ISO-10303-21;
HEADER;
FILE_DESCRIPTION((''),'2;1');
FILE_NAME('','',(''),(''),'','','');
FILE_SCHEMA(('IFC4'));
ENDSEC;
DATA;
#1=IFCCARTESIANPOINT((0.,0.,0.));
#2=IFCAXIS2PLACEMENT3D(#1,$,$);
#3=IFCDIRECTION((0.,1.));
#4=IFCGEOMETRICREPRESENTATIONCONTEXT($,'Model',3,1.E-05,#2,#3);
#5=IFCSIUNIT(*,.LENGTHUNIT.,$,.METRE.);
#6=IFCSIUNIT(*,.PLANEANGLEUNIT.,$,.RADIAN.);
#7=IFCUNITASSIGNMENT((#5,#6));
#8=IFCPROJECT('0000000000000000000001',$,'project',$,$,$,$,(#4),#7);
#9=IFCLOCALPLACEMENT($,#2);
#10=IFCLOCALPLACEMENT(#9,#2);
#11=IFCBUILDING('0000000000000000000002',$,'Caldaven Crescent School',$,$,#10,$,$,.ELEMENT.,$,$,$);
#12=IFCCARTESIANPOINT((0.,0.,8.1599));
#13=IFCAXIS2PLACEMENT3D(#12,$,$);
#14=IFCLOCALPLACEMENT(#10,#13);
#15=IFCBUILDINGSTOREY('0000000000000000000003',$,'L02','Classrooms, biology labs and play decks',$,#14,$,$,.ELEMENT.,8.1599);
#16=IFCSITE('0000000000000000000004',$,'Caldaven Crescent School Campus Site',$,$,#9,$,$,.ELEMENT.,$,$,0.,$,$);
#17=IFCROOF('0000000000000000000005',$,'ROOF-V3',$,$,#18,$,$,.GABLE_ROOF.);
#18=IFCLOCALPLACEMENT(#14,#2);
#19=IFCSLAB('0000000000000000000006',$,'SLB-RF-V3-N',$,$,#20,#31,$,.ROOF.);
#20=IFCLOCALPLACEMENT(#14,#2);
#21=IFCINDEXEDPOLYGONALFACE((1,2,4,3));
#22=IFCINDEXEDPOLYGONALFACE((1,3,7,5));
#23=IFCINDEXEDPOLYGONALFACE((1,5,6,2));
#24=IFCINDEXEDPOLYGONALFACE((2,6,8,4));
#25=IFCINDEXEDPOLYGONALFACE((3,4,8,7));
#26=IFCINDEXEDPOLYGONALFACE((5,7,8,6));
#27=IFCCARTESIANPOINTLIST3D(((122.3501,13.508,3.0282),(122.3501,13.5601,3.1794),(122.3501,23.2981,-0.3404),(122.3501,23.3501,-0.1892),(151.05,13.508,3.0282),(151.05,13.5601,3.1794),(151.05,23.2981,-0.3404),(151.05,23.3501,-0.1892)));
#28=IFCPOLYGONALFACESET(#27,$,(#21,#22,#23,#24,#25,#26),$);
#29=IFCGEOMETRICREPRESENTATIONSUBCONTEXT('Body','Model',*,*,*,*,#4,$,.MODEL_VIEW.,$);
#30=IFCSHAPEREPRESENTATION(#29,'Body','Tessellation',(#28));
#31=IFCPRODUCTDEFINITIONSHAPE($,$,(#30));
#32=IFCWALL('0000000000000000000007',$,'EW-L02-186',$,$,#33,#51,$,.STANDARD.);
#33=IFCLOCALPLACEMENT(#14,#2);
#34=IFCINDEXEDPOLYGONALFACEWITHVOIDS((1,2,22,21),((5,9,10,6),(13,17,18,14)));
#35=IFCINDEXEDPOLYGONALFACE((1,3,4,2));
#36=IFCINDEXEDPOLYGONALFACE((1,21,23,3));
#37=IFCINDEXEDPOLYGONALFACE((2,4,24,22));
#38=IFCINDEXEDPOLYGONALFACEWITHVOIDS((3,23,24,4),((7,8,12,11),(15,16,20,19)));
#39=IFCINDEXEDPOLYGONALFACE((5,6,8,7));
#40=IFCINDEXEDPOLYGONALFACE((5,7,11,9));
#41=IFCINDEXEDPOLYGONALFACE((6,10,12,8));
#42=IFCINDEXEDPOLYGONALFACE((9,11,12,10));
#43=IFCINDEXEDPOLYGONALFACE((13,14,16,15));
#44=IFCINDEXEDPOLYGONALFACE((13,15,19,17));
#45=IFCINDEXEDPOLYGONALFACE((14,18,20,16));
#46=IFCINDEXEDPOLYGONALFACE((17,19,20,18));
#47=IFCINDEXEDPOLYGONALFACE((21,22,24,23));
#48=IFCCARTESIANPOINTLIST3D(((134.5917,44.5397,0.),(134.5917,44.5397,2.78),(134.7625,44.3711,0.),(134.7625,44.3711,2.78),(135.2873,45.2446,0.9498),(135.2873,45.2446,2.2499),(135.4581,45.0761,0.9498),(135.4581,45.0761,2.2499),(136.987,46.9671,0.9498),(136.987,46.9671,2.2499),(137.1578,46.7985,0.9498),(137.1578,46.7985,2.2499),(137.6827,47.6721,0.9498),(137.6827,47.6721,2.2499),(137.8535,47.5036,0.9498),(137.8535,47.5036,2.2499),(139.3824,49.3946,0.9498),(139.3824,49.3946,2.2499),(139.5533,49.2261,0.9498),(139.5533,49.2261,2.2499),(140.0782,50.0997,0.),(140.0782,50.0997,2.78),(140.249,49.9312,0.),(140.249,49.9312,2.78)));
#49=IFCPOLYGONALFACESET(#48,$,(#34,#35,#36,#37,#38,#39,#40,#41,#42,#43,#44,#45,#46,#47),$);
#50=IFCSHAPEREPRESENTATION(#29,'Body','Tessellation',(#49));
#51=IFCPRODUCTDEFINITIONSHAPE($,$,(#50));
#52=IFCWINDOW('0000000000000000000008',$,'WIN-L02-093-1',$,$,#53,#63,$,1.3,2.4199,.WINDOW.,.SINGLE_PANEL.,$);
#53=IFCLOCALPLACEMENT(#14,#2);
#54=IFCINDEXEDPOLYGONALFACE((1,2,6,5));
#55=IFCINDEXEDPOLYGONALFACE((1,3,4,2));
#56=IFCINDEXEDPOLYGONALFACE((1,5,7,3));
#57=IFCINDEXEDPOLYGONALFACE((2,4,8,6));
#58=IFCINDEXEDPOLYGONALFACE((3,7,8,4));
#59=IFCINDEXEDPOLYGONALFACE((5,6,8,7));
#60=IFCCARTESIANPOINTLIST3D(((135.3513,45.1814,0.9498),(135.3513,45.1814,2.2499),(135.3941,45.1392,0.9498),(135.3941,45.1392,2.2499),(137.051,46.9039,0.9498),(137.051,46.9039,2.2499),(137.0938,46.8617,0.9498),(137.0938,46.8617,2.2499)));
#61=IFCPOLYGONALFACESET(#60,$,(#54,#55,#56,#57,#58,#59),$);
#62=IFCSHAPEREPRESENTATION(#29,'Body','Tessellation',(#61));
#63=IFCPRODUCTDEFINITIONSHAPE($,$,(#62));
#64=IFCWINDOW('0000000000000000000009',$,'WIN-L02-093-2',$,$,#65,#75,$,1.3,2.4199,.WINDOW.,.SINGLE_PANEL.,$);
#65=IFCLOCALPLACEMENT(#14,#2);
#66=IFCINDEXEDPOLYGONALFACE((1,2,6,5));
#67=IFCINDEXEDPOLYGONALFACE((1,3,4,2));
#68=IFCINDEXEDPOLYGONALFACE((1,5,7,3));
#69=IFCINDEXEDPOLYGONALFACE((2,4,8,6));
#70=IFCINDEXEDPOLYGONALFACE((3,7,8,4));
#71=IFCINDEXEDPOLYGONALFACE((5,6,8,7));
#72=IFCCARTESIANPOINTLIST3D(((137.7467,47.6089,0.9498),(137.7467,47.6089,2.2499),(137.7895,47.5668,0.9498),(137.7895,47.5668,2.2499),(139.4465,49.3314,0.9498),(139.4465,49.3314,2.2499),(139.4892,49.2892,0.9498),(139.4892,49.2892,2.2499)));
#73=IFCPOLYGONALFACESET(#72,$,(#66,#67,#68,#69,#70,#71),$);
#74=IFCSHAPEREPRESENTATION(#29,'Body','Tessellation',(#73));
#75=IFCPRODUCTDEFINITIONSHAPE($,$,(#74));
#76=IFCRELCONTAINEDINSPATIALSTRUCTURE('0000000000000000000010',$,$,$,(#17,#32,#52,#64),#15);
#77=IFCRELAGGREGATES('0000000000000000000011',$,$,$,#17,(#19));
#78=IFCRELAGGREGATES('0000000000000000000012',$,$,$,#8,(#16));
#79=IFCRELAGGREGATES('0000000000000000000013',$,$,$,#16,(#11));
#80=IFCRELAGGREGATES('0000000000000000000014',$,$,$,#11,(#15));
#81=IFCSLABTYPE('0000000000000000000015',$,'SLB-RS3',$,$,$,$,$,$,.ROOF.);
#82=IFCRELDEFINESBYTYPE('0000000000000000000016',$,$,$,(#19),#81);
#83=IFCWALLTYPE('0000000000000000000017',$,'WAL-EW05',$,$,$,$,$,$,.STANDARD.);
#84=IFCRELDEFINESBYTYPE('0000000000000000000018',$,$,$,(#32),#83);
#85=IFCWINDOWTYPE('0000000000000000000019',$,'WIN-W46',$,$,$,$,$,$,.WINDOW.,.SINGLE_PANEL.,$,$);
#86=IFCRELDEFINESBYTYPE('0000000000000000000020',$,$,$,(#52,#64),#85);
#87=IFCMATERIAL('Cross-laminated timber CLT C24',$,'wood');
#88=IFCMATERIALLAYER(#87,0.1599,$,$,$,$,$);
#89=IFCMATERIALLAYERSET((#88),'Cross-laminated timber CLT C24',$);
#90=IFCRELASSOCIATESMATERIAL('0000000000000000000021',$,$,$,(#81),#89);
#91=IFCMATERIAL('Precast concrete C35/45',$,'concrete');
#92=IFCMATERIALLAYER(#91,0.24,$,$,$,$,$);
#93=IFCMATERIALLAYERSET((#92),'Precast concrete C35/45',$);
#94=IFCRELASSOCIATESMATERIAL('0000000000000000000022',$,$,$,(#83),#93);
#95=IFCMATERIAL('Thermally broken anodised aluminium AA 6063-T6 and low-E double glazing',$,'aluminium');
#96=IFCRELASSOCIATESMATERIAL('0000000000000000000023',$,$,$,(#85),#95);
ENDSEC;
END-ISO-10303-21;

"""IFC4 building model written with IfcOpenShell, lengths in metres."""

from ifc_helpers import new_model, si_unit, direction, frame, frame_2d, origin, place, context, subcontext, project, spatial, polyline, rectangle, outline, extrude, material, layer, layer_set, type_object, element, fill, aggregate, save


model = new_model("IFC4")

# Units and contexts
model_context = context("Model", 3, precision=1e-05, world=origin(), true_north=direction((0.0, 1.0)))
body_context = subcontext(model_context, "Body", "Model", "MODEL_VIEW")
ifc_project = project(units=[si_unit("LENGTHUNIT", "METRE"), si_unit("PLANEANGLEUNIT", "RADIAN")], contexts=[model_context])

# Site, building, storey
site_placement = place(None, origin())
site = spatial("IfcSite", under=ifc_project, at=site_placement, Name="Caldaven Crescent School Campus Site", CompositionType="ELEMENT", RefElevation=0.0)
building_placement = place(site_placement, origin())
building = spatial("IfcBuilding", under=site, at=building_placement, Name="Caldaven Crescent School", CompositionType="ELEMENT")
storey_placement = place(building_placement, frame((0.0, 0.0, 8.1599)))
storey = spatial("IfcBuildingStorey", under=building, at=storey_placement, Name="L02", Description="Classrooms, biology labs and play decks", CompositionType="ELEMENT", Elevation=8.1599)

# Roof, slab
roof_placement = place(storey_placement, origin())
roof = element("IfcRoof", 1, at=roof_placement, inside=storey, Name="ROOF-V3", PredefinedType="GABLE_ROOF")
ifc_material_1 = material(Name="Cross-laminated timber CLT C24", Category="wood")
ifc_layer_1 = layer(ifc_material_1, 0.1599)
ifc_layer_set_1 = layer_set([ifc_layer_1], Name="Cross-laminated timber CLT C24")
slab_type = type_object("IfcSlabType", Name="SLB-RS3", PredefinedType="ROOF", material=ifc_layer_set_1)
slab_placement = place(storey_placement, frame((151.05, 23.3501, -0.1892), z_axis=(0.0, 0.325367, 0.945588), x_axis=(-1.0, 0.0, 0.0)))
slab = element("IfcSlab", 2, at=slab_placement, type_object=slab_type, Name="SLB-RF-V3-N", PredefinedType="ROOF", context=body_context, shape_type="SweptSolid", body=[
    extrude(outline(polyline([(0.0, 0.0), (28.7, 0.0), (28.7, 10.3534), (0.0, 10.3534), (0.0, 0.0)])), origin(), (0.0, 0.0, -1.0), 0.1599),
])
aggregate(roof, [slab])

# Wall, openings, windows
ifc_material_2 = material(Name="Precast concrete C35/45", Category="concrete")
ifc_layer_2 = layer(ifc_material_2, 0.24)
ifc_layer_set_2 = layer_set([ifc_layer_2], Name="Precast concrete C35/45")
wall_type = type_object("IfcWallType", Name="WAL-EW05", PredefinedType="STANDARD", material=ifc_layer_set_2)
wall_placement = place(storey_placement, frame((134.677, 44.4553, 0.0), z_axis=(0.0, 0.0, 1.0), x_axis=(0.702387, 0.711795, 0.0)))
wall = element("IfcWall", 3, at=wall_placement, inside=storey, type_object=wall_type, Name="EW-L02-186", PredefinedType="STANDARD", context=body_context, shape_type="SweptSolid", body=[
    extrude(rectangle(XDim=7.8113, YDim=0.24, at=frame_2d((3.9058, 0.0))), origin(), (0.0, 0.0, 1.0), 2.78),
])
opening_1_placement = place(wall_placement, frame((0.9905, 0.0, 0.95)))
opening_1 = element("IfcOpeningElement", 4, at=opening_1_placement, cuts=wall, PredefinedType="OPENING", context=body_context, shape_type="SweptSolid", body=[
    extrude(rectangle(XDim=2.4199, YDim=1.3, at=frame_2d((1.21, 0.6499))), frame((0.0, 0.1299, 0.0), z_axis=(0.0, -1.0, 0.0), x_axis=(1.0, 0.0, 0.0)), (0.0, 0.0, 1.0), 0.26),
])
opening_2_placement = place(wall_placement, frame((4.4009, 0.0, 0.95)))
opening_2 = element("IfcOpeningElement", 5, at=opening_2_placement, cuts=wall, PredefinedType="OPENING", context=body_context, shape_type="SweptSolid", body=[
    extrude(rectangle(XDim=2.4199, YDim=1.3, at=frame_2d((1.21, 0.6499))), frame((0.0, 0.1299, 0.0), z_axis=(0.0, -1.0, 0.0), x_axis=(1.0, 0.0, 0.0)), (0.0, 0.0, 1.0), 0.26),
])
ifc_material_3 = material(Name="Thermally broken anodised aluminium AA 6063-T6 and low-E double glazing", Category="aluminium")
window_type = type_object("IfcWindowType", Name="WIN-W46", PartitioningType="SINGLE_PANEL", PredefinedType="WINDOW", material=ifc_material_3)
window_1_placement = place(opening_1_placement, origin())
window_1 = element("IfcWindow", 6, at=window_1_placement, inside=storey, type_object=window_type, Name="WIN-L02-093-1", OverallHeight=1.3, OverallWidth=2.4199, PartitioningType="SINGLE_PANEL", PredefinedType="WINDOW", context=body_context, shape_type="SweptSolid", body=[
    extrude(rectangle(XDim=2.4199, YDim=1.3, at=frame_2d((1.21, 0.6499))), frame((0.0, 0.03, 0.0), z_axis=(0.0, -1.0, 0.0), x_axis=(1.0, 0.0, 0.0)), (0.0, 0.0, 1.0), 0.0601),
])
fill(opening_1, window_1)
window_2_placement = place(opening_2_placement, origin())
window_2 = element("IfcWindow", 7, at=window_2_placement, inside=storey, type_object=window_type, Name="WIN-L02-093-2", OverallHeight=1.3, OverallWidth=2.4199, PartitioningType="SINGLE_PANEL", PredefinedType="WINDOW", context=body_context, shape_type="SweptSolid", body=[
    extrude(rectangle(XDim=2.4199, YDim=1.3, at=frame_2d((1.21, 0.6499))), frame((0.0, 0.03, 0.0), z_axis=(0.0, -1.0, 0.0), x_axis=(1.0, 0.0, 0.0)), (0.0, 0.0, 1.0), 0.0601),
])
fill(opening_2, window_2)

save(model, "model.ifc")
